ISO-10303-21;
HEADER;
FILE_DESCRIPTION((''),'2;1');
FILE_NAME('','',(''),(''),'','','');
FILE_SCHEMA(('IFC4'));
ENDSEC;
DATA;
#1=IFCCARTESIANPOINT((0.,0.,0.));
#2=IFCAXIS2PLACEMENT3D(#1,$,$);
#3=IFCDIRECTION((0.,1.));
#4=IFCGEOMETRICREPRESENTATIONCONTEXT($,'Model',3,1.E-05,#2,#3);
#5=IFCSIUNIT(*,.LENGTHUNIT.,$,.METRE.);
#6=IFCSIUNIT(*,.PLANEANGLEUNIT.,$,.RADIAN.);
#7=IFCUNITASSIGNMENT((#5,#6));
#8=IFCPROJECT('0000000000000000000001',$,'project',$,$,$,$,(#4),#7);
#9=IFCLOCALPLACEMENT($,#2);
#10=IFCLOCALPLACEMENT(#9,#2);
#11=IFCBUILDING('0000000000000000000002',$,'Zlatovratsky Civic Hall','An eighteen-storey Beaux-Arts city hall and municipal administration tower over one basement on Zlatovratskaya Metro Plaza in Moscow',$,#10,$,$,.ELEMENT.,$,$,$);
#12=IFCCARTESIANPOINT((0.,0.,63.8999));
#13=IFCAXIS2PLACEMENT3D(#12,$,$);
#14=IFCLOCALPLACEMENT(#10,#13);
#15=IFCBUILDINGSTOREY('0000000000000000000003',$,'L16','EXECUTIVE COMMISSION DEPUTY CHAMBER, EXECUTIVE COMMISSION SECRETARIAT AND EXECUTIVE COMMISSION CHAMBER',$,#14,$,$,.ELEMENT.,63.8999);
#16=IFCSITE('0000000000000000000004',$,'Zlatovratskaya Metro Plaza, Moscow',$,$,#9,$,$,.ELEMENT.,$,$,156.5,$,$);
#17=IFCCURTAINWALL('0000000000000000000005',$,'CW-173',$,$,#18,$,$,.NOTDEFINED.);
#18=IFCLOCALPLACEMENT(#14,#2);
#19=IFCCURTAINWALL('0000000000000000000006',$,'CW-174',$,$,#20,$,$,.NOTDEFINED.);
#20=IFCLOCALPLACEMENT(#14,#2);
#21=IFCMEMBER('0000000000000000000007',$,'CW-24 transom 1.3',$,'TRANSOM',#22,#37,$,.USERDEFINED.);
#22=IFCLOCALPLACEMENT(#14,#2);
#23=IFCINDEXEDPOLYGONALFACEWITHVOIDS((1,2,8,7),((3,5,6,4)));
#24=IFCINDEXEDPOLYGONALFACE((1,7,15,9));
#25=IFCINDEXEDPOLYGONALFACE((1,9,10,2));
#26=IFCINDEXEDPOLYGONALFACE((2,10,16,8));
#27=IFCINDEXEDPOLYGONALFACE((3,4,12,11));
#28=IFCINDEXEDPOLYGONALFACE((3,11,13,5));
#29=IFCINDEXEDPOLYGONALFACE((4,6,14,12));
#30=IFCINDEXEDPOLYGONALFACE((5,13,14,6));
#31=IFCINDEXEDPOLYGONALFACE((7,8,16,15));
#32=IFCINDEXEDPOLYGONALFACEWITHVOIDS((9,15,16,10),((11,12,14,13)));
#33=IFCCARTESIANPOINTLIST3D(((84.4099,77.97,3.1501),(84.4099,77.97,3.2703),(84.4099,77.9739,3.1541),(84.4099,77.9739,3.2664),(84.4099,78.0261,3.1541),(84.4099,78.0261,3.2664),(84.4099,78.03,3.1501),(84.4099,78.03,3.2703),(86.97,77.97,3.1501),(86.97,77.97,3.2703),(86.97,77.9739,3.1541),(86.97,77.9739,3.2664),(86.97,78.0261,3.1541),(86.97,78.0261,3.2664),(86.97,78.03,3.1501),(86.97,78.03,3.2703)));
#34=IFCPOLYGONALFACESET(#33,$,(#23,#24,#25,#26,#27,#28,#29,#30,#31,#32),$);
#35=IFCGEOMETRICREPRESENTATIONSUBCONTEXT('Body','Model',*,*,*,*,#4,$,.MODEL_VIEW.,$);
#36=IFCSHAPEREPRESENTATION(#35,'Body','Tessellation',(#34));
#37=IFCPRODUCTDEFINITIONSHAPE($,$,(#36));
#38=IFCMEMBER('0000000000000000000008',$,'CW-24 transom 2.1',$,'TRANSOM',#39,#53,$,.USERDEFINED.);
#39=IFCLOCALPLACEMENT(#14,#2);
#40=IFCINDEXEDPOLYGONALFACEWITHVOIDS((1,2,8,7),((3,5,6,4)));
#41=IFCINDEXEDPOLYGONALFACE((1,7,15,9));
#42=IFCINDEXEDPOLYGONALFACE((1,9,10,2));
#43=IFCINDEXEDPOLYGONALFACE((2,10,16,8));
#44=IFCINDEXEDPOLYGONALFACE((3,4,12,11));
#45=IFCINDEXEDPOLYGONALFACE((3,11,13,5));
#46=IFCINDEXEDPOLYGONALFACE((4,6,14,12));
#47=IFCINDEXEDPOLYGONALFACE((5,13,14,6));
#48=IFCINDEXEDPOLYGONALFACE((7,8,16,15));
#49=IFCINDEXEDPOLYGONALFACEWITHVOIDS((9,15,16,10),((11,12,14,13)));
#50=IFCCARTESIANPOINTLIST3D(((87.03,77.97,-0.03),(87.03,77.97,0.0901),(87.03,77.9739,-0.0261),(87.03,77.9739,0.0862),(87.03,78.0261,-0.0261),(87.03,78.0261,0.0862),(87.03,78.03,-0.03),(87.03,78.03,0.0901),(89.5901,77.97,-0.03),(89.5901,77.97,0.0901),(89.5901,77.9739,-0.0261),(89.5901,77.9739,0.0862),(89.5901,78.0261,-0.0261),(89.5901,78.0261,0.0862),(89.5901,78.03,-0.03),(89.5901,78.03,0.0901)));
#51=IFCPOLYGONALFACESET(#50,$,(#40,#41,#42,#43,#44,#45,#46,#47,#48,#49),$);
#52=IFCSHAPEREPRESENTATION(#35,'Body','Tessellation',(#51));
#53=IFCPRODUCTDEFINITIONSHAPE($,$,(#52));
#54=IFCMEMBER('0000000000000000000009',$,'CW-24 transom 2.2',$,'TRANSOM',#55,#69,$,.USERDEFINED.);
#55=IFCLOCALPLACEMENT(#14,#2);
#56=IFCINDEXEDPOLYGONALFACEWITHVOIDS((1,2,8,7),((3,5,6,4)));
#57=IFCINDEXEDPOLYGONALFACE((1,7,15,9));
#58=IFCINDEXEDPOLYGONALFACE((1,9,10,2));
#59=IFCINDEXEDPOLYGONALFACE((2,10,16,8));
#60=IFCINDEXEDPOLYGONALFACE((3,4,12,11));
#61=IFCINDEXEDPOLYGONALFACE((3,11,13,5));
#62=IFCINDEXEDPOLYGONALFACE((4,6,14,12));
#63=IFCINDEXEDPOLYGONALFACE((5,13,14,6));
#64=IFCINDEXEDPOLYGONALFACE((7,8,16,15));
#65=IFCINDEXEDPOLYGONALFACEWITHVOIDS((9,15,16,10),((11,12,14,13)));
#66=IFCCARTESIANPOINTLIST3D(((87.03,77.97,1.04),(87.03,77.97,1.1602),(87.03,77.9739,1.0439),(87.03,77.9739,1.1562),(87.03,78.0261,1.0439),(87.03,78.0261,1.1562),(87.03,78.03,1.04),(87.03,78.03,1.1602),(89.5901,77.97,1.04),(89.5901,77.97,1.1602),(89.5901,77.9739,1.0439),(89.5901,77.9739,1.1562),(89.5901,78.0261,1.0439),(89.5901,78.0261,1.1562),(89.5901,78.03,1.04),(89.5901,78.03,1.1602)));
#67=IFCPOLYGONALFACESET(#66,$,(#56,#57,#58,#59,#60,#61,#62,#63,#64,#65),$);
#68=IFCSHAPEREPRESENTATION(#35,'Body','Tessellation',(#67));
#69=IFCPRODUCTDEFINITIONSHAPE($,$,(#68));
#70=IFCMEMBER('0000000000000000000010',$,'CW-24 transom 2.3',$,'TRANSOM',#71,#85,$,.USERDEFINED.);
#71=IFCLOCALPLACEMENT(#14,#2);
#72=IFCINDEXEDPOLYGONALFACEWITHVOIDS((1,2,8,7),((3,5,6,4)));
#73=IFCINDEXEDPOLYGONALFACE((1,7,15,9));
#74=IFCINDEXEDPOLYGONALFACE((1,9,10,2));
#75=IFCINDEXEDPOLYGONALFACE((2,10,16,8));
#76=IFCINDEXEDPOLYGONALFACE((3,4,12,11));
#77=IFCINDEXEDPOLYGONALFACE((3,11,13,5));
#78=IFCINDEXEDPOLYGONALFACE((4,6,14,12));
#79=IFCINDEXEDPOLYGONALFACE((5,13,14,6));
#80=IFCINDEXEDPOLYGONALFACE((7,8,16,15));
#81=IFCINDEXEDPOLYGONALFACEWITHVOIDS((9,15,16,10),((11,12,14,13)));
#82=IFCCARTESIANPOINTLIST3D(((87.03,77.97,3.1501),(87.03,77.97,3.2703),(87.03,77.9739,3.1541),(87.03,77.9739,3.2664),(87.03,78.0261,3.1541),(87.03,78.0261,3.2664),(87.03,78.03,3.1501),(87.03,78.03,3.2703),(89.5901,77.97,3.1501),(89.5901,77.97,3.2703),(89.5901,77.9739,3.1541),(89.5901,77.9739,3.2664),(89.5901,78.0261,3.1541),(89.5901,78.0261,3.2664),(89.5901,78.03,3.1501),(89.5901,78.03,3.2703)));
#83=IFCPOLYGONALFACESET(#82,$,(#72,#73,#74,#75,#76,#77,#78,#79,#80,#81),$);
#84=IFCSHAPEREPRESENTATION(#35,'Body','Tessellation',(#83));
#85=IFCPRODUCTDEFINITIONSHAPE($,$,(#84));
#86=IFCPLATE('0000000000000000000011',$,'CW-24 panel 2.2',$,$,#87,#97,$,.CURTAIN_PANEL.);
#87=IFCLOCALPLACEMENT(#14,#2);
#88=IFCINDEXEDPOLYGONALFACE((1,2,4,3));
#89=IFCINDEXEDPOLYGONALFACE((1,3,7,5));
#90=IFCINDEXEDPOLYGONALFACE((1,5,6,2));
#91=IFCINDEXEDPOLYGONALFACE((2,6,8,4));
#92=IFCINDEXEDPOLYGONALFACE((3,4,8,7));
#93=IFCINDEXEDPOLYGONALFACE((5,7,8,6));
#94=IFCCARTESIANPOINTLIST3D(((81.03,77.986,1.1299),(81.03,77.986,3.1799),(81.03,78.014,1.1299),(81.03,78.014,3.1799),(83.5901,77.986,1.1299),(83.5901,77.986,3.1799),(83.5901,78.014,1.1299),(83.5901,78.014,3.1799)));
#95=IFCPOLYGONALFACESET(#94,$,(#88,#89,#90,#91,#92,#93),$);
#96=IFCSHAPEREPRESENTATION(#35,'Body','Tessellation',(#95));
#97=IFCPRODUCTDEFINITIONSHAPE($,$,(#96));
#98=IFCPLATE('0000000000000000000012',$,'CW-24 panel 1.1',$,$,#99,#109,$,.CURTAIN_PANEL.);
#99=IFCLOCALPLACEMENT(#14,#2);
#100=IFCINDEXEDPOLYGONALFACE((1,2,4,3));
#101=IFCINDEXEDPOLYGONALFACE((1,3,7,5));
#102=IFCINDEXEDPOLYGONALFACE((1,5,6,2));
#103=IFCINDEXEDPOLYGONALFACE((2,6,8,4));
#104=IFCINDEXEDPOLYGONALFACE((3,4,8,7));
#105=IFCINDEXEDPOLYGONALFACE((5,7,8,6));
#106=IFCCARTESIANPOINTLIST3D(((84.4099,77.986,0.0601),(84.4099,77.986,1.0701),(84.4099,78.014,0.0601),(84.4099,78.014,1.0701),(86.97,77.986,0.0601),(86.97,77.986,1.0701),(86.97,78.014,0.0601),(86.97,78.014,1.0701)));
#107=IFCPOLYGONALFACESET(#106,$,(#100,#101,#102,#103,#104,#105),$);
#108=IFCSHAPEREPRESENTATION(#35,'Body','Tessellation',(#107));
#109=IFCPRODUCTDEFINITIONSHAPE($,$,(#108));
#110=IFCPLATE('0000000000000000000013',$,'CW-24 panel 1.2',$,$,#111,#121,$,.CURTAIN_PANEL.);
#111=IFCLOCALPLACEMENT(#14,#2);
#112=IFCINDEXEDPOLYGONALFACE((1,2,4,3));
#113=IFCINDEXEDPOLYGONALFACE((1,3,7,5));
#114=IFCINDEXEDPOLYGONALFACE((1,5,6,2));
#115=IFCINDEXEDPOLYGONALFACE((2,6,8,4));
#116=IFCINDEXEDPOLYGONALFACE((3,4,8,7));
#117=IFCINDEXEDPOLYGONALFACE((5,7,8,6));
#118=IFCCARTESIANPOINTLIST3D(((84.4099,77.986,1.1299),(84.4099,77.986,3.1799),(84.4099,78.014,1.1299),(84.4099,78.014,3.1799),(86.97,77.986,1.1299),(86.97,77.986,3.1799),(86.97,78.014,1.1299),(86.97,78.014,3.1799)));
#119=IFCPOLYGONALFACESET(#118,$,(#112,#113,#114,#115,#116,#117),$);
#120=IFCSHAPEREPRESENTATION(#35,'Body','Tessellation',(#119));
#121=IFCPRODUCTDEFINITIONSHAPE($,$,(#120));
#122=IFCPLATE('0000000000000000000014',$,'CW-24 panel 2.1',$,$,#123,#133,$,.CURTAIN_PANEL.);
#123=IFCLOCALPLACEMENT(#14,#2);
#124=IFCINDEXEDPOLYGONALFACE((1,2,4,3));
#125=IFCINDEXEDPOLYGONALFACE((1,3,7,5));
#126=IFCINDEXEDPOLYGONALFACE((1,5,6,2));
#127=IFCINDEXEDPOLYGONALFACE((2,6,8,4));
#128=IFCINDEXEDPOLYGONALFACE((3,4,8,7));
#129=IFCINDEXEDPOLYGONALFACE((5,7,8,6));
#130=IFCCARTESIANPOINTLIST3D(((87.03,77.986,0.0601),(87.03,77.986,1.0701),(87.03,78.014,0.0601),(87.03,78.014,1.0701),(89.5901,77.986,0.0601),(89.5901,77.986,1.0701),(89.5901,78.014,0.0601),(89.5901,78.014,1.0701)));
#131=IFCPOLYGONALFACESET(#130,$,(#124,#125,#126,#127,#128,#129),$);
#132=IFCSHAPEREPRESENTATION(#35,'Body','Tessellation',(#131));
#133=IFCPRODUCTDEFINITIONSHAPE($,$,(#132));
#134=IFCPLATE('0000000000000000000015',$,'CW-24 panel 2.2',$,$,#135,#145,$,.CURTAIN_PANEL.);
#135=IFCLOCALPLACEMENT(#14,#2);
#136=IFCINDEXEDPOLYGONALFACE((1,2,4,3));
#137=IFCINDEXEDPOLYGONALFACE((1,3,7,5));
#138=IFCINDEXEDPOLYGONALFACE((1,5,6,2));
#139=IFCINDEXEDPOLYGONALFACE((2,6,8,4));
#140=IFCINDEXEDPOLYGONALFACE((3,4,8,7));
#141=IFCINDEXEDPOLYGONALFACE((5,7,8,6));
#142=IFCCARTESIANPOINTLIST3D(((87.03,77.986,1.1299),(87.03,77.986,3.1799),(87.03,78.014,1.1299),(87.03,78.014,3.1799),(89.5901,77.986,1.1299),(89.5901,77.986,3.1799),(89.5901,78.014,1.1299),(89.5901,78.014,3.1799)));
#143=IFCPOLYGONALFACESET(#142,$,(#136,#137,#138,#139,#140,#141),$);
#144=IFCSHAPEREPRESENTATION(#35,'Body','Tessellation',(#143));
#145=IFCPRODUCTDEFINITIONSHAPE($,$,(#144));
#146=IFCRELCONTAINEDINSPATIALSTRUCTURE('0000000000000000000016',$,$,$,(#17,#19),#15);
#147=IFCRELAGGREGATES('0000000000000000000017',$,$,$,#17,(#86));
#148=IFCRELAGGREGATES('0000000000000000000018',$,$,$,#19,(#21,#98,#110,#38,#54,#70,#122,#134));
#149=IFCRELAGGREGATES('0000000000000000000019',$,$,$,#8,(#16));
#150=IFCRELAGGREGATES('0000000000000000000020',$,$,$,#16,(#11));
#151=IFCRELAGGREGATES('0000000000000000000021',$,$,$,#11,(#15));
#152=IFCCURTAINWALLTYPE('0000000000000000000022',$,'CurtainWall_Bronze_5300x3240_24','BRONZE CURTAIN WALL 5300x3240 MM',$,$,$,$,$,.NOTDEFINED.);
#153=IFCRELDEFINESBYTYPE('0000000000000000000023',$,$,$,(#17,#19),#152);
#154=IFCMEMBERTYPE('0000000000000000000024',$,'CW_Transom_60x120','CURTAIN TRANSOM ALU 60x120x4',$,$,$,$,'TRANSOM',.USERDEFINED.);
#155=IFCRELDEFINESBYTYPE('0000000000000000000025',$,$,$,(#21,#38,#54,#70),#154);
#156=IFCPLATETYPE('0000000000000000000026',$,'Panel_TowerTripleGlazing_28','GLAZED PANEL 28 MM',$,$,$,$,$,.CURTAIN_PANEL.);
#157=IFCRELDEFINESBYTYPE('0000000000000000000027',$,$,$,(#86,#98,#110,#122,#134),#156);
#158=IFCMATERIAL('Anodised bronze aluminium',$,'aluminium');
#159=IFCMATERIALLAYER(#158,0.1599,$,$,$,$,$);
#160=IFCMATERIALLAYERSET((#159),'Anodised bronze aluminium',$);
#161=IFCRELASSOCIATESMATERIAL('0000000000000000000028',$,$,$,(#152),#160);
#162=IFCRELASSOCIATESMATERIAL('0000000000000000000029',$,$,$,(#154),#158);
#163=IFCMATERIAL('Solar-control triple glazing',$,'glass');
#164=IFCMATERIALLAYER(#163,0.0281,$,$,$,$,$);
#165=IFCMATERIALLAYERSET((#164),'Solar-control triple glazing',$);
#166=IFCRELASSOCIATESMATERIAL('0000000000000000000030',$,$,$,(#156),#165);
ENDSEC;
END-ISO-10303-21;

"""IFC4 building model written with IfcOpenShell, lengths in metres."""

from ifc_helpers import new_model, si_unit, direction, frame, origin, origin_2d, place, context, subcontext, project, spatial, rectangle, hollow_rectangle, extrude, material, layer, layer_set, material_profile, profile_set, type_object, element, aggregate, save


model = new_model("IFC4")

# Units and contexts
model_context = context("Model", 3, precision=1e-05, world=origin(), true_north=direction((0.0, 1.0)))
body_context = subcontext(model_context, "Body", "Model", "MODEL_VIEW")
ifc_project = project(units=[si_unit("LENGTHUNIT", "METRE"), si_unit("PLANEANGLEUNIT", "RADIAN")], contexts=[model_context])

# Site, building, storey
site_placement = place(None, origin())
site = spatial("IfcSite", under=ifc_project, at=site_placement, Name="Zlatovratskaya Metro Plaza, Moscow", CompositionType="ELEMENT", RefElevation=156.5)
building_placement = place(site_placement, origin())
building = spatial("IfcBuilding", under=site, at=building_placement, Name="Zlatovratsky Civic Hall", Description="An eighteen-storey Beaux-Arts city hall and municipal administration tower over one basement on Zlatovratskaya Metro Plaza in Moscow", CompositionType="ELEMENT")
storey_placement = place(building_placement, frame((0.0, 0.0, 63.8999)))
storey = spatial("IfcBuildingStorey", under=building, at=storey_placement, Name="L16", Description="EXECUTIVE COMMISSION DEPUTY CHAMBER, EXECUTIVE COMMISSION SECRETARIAT AND EXECUTIVE COMMISSION CHAMBER", CompositionType="ELEMENT", Elevation=63.8999)

# Curtain wall
ifc_material_1 = material(Name="Anodised bronze aluminium", Category="aluminium")
ifc_layer_1 = layer(ifc_material_1, 0.1599)
ifc_layer_set_1 = layer_set([ifc_layer_1], Name="Anodised bronze aluminium")
curtain_wall_type = type_object("IfcCurtainWallType", Name="CurtainWall_Bronze_5300x3240_24", Description="BRONZE CURTAIN WALL 5300x3240 MM", PredefinedType="NOTDEFINED", material=ifc_layer_set_1)
curtain_wall_1_placement = place(storey_placement, origin())
curtain_wall_1 = element("IfcCurtainWall", 1, at=curtain_wall_1_placement, inside=storey, type_object=curtain_wall_type, Name="CW-173", PredefinedType="NOTDEFINED")

# Curtain wall, members
curtain_wall_2_placement = place(storey_placement, origin())
curtain_wall_2 = element("IfcCurtainWall", 2, at=curtain_wall_2_placement, inside=storey, type_object=curtain_wall_type, Name="CW-174", PredefinedType="NOTDEFINED")
ifc_material_profile_1 = material_profile(ifc_material_1, hollow_rectangle(XDim=0.0601, YDim=0.1201, WallThickness=0.0039, at=origin_2d()), Name="ALU 60x120x4")
ifc_profile_set_1 = profile_set([ifc_material_profile_1], Name="Anodised bronze aluminium")
member_type_1 = type_object("IfcMemberType", Name="CW_Transom_60x120", Description="CURTAIN TRANSOM ALU 60x120x4", ElementType="TRANSOM", PredefinedType="USERDEFINED", material=ifc_profile_set_1)
member_1_placement = place(storey_placement, frame((84.4099, 78.0, 3.2102), z_axis=(1.0, 0.0, 0.0), x_axis=(0.0, 1.0, 0.0)))
member_1 = element("IfcMember", 3, at=member_1_placement, type_object=member_type_1, Name="CW-24 transom 1.3", ObjectType="TRANSOM", PredefinedType="USERDEFINED", context=body_context, shape_type="SweptSolid", body=[
    extrude(hollow_rectangle(XDim=0.0601, YDim=0.1201, WallThickness=0.0039, at=origin_2d()), origin(), (0.0, 0.0, 1.0), 2.5601),
])
member_2_placement = place(storey_placement, frame((87.03, 78.0, 0.03), z_axis=(1.0, 0.0, 0.0), x_axis=(0.0, 1.0, 0.0)))
member_2 = element("IfcMember", 4, at=member_2_placement, type_object=member_type_1, Name="CW-24 transom 2.1", ObjectType="TRANSOM", PredefinedType="USERDEFINED", context=body_context, shape_type="SweptSolid", body=[
    extrude(hollow_rectangle(XDim=0.0601, YDim=0.1201, WallThickness=0.0039, at=origin_2d()), origin(), (0.0, 0.0, 1.0), 2.5601),
])
member_3_placement = place(storey_placement, frame((87.03, 78.0, 1.1001), z_axis=(1.0, 0.0, 0.0), x_axis=(0.0, 1.0, 0.0)))
member_3 = element("IfcMember", 5, at=member_3_placement, type_object=member_type_1, Name="CW-24 transom 2.2", ObjectType="TRANSOM", PredefinedType="USERDEFINED", context=body_context, shape_type="SweptSolid", body=[
    extrude(hollow_rectangle(XDim=0.0601, YDim=0.1201, WallThickness=0.0039, at=origin_2d()), origin(), (0.0, 0.0, 1.0), 2.5601),
])
member_4_placement = place(storey_placement, frame((87.03, 78.0, 3.2102), z_axis=(1.0, 0.0, 0.0), x_axis=(0.0, 1.0, 0.0)))
member_4 = element("IfcMember", 6, at=member_4_placement, type_object=member_type_1, Name="CW-24 transom 2.3", ObjectType="TRANSOM", PredefinedType="USERDEFINED", context=body_context, shape_type="SweptSolid", body=[
    extrude(hollow_rectangle(XDim=0.0601, YDim=0.1201, WallThickness=0.0039, at=origin_2d()), origin(), (0.0, 0.0, 1.0), 2.5601),
])

# Plates
ifc_material_2 = material(Name="Solar-control triple glazing", Category="glass")
ifc_layer_2 = layer(ifc_material_2, 0.0281)
ifc_layer_set_2 = layer_set([ifc_layer_2], Name="Solar-control triple glazing")
plate_type = type_object("IfcPlateType", Name="Panel_TowerTripleGlazing_28", Description="GLAZED PANEL 28 MM", PredefinedType="CURTAIN_PANEL", material=ifc_layer_set_2)
plate_1_placement = place(storey_placement, frame((82.3101, 78.0, 1.1299), z_axis=(0.0, 0.0, 1.0), x_axis=(1.0, 0.0, 0.0)))
plate_1 = element("IfcPlate", 7, at=plate_1_placement, type_object=plate_type, Name="CW-24 panel 2.2", PredefinedType="CURTAIN_PANEL", context=body_context, shape_type="SweptSolid", body=[
    extrude(rectangle(XDim=2.5601, YDim=0.0281, at=origin_2d()), origin(), (0.0, 0.0, 1.0), 2.05),
])
aggregate(curtain_wall_1, [plate_1])
plate_2_placement = place(storey_placement, frame((85.6899, 78.0, 0.0601), z_axis=(0.0, 0.0, 1.0), x_axis=(1.0, 0.0, 0.0)))
plate_2 = element("IfcPlate", 8, at=plate_2_placement, type_object=plate_type, Name="CW-24 panel 1.1", PredefinedType="CURTAIN_PANEL", context=body_context, shape_type="SweptSolid", body=[
    extrude(rectangle(XDim=2.5601, YDim=0.0281, at=origin_2d()), origin(), (0.0, 0.0, 1.0), 1.01),
])
plate_3_placement = place(storey_placement, frame((85.6899, 78.0, 1.1299), z_axis=(0.0, 0.0, 1.0), x_axis=(1.0, 0.0, 0.0)))
plate_3 = element("IfcPlate", 9, at=plate_3_placement, type_object=plate_type, Name="CW-24 panel 1.2", PredefinedType="CURTAIN_PANEL", context=body_context, shape_type="SweptSolid", body=[
    extrude(rectangle(XDim=2.5601, YDim=0.0281, at=origin_2d()), origin(), (0.0, 0.0, 1.0), 2.05),
])
plate_4_placement = place(storey_placement, frame((88.3101, 78.0, 0.0601), z_axis=(0.0, 0.0, 1.0), x_axis=(1.0, 0.0, 0.0)))
plate_4 = element("IfcPlate", 10, at=plate_4_placement, type_object=plate_type, Name="CW-24 panel 2.1", PredefinedType="CURTAIN_PANEL", context=body_context, shape_type="SweptSolid", body=[
    extrude(rectangle(XDim=2.5601, YDim=0.0281, at=origin_2d()), origin(), (0.0, 0.0, 1.0), 1.01),
])
plate_5_placement = place(storey_placement, frame((88.3101, 78.0, 1.1299), z_axis=(0.0, 0.0, 1.0), x_axis=(1.0, 0.0, 0.0)))
plate_5 = element("IfcPlate", 11, at=plate_5_placement, type_object=plate_type, Name="CW-24 panel 2.2", PredefinedType="CURTAIN_PANEL", context=body_context, shape_type="SweptSolid", body=[
    extrude(rectangle(XDim=2.5601, YDim=0.0281, at=origin_2d()), origin(), (0.0, 0.0, 1.0), 2.05),
])
aggregate(curtain_wall_2, [member_1, plate_2, plate_3, member_2, member_3, member_4, plate_4, plate_5])

save(model, "model.ifc")
